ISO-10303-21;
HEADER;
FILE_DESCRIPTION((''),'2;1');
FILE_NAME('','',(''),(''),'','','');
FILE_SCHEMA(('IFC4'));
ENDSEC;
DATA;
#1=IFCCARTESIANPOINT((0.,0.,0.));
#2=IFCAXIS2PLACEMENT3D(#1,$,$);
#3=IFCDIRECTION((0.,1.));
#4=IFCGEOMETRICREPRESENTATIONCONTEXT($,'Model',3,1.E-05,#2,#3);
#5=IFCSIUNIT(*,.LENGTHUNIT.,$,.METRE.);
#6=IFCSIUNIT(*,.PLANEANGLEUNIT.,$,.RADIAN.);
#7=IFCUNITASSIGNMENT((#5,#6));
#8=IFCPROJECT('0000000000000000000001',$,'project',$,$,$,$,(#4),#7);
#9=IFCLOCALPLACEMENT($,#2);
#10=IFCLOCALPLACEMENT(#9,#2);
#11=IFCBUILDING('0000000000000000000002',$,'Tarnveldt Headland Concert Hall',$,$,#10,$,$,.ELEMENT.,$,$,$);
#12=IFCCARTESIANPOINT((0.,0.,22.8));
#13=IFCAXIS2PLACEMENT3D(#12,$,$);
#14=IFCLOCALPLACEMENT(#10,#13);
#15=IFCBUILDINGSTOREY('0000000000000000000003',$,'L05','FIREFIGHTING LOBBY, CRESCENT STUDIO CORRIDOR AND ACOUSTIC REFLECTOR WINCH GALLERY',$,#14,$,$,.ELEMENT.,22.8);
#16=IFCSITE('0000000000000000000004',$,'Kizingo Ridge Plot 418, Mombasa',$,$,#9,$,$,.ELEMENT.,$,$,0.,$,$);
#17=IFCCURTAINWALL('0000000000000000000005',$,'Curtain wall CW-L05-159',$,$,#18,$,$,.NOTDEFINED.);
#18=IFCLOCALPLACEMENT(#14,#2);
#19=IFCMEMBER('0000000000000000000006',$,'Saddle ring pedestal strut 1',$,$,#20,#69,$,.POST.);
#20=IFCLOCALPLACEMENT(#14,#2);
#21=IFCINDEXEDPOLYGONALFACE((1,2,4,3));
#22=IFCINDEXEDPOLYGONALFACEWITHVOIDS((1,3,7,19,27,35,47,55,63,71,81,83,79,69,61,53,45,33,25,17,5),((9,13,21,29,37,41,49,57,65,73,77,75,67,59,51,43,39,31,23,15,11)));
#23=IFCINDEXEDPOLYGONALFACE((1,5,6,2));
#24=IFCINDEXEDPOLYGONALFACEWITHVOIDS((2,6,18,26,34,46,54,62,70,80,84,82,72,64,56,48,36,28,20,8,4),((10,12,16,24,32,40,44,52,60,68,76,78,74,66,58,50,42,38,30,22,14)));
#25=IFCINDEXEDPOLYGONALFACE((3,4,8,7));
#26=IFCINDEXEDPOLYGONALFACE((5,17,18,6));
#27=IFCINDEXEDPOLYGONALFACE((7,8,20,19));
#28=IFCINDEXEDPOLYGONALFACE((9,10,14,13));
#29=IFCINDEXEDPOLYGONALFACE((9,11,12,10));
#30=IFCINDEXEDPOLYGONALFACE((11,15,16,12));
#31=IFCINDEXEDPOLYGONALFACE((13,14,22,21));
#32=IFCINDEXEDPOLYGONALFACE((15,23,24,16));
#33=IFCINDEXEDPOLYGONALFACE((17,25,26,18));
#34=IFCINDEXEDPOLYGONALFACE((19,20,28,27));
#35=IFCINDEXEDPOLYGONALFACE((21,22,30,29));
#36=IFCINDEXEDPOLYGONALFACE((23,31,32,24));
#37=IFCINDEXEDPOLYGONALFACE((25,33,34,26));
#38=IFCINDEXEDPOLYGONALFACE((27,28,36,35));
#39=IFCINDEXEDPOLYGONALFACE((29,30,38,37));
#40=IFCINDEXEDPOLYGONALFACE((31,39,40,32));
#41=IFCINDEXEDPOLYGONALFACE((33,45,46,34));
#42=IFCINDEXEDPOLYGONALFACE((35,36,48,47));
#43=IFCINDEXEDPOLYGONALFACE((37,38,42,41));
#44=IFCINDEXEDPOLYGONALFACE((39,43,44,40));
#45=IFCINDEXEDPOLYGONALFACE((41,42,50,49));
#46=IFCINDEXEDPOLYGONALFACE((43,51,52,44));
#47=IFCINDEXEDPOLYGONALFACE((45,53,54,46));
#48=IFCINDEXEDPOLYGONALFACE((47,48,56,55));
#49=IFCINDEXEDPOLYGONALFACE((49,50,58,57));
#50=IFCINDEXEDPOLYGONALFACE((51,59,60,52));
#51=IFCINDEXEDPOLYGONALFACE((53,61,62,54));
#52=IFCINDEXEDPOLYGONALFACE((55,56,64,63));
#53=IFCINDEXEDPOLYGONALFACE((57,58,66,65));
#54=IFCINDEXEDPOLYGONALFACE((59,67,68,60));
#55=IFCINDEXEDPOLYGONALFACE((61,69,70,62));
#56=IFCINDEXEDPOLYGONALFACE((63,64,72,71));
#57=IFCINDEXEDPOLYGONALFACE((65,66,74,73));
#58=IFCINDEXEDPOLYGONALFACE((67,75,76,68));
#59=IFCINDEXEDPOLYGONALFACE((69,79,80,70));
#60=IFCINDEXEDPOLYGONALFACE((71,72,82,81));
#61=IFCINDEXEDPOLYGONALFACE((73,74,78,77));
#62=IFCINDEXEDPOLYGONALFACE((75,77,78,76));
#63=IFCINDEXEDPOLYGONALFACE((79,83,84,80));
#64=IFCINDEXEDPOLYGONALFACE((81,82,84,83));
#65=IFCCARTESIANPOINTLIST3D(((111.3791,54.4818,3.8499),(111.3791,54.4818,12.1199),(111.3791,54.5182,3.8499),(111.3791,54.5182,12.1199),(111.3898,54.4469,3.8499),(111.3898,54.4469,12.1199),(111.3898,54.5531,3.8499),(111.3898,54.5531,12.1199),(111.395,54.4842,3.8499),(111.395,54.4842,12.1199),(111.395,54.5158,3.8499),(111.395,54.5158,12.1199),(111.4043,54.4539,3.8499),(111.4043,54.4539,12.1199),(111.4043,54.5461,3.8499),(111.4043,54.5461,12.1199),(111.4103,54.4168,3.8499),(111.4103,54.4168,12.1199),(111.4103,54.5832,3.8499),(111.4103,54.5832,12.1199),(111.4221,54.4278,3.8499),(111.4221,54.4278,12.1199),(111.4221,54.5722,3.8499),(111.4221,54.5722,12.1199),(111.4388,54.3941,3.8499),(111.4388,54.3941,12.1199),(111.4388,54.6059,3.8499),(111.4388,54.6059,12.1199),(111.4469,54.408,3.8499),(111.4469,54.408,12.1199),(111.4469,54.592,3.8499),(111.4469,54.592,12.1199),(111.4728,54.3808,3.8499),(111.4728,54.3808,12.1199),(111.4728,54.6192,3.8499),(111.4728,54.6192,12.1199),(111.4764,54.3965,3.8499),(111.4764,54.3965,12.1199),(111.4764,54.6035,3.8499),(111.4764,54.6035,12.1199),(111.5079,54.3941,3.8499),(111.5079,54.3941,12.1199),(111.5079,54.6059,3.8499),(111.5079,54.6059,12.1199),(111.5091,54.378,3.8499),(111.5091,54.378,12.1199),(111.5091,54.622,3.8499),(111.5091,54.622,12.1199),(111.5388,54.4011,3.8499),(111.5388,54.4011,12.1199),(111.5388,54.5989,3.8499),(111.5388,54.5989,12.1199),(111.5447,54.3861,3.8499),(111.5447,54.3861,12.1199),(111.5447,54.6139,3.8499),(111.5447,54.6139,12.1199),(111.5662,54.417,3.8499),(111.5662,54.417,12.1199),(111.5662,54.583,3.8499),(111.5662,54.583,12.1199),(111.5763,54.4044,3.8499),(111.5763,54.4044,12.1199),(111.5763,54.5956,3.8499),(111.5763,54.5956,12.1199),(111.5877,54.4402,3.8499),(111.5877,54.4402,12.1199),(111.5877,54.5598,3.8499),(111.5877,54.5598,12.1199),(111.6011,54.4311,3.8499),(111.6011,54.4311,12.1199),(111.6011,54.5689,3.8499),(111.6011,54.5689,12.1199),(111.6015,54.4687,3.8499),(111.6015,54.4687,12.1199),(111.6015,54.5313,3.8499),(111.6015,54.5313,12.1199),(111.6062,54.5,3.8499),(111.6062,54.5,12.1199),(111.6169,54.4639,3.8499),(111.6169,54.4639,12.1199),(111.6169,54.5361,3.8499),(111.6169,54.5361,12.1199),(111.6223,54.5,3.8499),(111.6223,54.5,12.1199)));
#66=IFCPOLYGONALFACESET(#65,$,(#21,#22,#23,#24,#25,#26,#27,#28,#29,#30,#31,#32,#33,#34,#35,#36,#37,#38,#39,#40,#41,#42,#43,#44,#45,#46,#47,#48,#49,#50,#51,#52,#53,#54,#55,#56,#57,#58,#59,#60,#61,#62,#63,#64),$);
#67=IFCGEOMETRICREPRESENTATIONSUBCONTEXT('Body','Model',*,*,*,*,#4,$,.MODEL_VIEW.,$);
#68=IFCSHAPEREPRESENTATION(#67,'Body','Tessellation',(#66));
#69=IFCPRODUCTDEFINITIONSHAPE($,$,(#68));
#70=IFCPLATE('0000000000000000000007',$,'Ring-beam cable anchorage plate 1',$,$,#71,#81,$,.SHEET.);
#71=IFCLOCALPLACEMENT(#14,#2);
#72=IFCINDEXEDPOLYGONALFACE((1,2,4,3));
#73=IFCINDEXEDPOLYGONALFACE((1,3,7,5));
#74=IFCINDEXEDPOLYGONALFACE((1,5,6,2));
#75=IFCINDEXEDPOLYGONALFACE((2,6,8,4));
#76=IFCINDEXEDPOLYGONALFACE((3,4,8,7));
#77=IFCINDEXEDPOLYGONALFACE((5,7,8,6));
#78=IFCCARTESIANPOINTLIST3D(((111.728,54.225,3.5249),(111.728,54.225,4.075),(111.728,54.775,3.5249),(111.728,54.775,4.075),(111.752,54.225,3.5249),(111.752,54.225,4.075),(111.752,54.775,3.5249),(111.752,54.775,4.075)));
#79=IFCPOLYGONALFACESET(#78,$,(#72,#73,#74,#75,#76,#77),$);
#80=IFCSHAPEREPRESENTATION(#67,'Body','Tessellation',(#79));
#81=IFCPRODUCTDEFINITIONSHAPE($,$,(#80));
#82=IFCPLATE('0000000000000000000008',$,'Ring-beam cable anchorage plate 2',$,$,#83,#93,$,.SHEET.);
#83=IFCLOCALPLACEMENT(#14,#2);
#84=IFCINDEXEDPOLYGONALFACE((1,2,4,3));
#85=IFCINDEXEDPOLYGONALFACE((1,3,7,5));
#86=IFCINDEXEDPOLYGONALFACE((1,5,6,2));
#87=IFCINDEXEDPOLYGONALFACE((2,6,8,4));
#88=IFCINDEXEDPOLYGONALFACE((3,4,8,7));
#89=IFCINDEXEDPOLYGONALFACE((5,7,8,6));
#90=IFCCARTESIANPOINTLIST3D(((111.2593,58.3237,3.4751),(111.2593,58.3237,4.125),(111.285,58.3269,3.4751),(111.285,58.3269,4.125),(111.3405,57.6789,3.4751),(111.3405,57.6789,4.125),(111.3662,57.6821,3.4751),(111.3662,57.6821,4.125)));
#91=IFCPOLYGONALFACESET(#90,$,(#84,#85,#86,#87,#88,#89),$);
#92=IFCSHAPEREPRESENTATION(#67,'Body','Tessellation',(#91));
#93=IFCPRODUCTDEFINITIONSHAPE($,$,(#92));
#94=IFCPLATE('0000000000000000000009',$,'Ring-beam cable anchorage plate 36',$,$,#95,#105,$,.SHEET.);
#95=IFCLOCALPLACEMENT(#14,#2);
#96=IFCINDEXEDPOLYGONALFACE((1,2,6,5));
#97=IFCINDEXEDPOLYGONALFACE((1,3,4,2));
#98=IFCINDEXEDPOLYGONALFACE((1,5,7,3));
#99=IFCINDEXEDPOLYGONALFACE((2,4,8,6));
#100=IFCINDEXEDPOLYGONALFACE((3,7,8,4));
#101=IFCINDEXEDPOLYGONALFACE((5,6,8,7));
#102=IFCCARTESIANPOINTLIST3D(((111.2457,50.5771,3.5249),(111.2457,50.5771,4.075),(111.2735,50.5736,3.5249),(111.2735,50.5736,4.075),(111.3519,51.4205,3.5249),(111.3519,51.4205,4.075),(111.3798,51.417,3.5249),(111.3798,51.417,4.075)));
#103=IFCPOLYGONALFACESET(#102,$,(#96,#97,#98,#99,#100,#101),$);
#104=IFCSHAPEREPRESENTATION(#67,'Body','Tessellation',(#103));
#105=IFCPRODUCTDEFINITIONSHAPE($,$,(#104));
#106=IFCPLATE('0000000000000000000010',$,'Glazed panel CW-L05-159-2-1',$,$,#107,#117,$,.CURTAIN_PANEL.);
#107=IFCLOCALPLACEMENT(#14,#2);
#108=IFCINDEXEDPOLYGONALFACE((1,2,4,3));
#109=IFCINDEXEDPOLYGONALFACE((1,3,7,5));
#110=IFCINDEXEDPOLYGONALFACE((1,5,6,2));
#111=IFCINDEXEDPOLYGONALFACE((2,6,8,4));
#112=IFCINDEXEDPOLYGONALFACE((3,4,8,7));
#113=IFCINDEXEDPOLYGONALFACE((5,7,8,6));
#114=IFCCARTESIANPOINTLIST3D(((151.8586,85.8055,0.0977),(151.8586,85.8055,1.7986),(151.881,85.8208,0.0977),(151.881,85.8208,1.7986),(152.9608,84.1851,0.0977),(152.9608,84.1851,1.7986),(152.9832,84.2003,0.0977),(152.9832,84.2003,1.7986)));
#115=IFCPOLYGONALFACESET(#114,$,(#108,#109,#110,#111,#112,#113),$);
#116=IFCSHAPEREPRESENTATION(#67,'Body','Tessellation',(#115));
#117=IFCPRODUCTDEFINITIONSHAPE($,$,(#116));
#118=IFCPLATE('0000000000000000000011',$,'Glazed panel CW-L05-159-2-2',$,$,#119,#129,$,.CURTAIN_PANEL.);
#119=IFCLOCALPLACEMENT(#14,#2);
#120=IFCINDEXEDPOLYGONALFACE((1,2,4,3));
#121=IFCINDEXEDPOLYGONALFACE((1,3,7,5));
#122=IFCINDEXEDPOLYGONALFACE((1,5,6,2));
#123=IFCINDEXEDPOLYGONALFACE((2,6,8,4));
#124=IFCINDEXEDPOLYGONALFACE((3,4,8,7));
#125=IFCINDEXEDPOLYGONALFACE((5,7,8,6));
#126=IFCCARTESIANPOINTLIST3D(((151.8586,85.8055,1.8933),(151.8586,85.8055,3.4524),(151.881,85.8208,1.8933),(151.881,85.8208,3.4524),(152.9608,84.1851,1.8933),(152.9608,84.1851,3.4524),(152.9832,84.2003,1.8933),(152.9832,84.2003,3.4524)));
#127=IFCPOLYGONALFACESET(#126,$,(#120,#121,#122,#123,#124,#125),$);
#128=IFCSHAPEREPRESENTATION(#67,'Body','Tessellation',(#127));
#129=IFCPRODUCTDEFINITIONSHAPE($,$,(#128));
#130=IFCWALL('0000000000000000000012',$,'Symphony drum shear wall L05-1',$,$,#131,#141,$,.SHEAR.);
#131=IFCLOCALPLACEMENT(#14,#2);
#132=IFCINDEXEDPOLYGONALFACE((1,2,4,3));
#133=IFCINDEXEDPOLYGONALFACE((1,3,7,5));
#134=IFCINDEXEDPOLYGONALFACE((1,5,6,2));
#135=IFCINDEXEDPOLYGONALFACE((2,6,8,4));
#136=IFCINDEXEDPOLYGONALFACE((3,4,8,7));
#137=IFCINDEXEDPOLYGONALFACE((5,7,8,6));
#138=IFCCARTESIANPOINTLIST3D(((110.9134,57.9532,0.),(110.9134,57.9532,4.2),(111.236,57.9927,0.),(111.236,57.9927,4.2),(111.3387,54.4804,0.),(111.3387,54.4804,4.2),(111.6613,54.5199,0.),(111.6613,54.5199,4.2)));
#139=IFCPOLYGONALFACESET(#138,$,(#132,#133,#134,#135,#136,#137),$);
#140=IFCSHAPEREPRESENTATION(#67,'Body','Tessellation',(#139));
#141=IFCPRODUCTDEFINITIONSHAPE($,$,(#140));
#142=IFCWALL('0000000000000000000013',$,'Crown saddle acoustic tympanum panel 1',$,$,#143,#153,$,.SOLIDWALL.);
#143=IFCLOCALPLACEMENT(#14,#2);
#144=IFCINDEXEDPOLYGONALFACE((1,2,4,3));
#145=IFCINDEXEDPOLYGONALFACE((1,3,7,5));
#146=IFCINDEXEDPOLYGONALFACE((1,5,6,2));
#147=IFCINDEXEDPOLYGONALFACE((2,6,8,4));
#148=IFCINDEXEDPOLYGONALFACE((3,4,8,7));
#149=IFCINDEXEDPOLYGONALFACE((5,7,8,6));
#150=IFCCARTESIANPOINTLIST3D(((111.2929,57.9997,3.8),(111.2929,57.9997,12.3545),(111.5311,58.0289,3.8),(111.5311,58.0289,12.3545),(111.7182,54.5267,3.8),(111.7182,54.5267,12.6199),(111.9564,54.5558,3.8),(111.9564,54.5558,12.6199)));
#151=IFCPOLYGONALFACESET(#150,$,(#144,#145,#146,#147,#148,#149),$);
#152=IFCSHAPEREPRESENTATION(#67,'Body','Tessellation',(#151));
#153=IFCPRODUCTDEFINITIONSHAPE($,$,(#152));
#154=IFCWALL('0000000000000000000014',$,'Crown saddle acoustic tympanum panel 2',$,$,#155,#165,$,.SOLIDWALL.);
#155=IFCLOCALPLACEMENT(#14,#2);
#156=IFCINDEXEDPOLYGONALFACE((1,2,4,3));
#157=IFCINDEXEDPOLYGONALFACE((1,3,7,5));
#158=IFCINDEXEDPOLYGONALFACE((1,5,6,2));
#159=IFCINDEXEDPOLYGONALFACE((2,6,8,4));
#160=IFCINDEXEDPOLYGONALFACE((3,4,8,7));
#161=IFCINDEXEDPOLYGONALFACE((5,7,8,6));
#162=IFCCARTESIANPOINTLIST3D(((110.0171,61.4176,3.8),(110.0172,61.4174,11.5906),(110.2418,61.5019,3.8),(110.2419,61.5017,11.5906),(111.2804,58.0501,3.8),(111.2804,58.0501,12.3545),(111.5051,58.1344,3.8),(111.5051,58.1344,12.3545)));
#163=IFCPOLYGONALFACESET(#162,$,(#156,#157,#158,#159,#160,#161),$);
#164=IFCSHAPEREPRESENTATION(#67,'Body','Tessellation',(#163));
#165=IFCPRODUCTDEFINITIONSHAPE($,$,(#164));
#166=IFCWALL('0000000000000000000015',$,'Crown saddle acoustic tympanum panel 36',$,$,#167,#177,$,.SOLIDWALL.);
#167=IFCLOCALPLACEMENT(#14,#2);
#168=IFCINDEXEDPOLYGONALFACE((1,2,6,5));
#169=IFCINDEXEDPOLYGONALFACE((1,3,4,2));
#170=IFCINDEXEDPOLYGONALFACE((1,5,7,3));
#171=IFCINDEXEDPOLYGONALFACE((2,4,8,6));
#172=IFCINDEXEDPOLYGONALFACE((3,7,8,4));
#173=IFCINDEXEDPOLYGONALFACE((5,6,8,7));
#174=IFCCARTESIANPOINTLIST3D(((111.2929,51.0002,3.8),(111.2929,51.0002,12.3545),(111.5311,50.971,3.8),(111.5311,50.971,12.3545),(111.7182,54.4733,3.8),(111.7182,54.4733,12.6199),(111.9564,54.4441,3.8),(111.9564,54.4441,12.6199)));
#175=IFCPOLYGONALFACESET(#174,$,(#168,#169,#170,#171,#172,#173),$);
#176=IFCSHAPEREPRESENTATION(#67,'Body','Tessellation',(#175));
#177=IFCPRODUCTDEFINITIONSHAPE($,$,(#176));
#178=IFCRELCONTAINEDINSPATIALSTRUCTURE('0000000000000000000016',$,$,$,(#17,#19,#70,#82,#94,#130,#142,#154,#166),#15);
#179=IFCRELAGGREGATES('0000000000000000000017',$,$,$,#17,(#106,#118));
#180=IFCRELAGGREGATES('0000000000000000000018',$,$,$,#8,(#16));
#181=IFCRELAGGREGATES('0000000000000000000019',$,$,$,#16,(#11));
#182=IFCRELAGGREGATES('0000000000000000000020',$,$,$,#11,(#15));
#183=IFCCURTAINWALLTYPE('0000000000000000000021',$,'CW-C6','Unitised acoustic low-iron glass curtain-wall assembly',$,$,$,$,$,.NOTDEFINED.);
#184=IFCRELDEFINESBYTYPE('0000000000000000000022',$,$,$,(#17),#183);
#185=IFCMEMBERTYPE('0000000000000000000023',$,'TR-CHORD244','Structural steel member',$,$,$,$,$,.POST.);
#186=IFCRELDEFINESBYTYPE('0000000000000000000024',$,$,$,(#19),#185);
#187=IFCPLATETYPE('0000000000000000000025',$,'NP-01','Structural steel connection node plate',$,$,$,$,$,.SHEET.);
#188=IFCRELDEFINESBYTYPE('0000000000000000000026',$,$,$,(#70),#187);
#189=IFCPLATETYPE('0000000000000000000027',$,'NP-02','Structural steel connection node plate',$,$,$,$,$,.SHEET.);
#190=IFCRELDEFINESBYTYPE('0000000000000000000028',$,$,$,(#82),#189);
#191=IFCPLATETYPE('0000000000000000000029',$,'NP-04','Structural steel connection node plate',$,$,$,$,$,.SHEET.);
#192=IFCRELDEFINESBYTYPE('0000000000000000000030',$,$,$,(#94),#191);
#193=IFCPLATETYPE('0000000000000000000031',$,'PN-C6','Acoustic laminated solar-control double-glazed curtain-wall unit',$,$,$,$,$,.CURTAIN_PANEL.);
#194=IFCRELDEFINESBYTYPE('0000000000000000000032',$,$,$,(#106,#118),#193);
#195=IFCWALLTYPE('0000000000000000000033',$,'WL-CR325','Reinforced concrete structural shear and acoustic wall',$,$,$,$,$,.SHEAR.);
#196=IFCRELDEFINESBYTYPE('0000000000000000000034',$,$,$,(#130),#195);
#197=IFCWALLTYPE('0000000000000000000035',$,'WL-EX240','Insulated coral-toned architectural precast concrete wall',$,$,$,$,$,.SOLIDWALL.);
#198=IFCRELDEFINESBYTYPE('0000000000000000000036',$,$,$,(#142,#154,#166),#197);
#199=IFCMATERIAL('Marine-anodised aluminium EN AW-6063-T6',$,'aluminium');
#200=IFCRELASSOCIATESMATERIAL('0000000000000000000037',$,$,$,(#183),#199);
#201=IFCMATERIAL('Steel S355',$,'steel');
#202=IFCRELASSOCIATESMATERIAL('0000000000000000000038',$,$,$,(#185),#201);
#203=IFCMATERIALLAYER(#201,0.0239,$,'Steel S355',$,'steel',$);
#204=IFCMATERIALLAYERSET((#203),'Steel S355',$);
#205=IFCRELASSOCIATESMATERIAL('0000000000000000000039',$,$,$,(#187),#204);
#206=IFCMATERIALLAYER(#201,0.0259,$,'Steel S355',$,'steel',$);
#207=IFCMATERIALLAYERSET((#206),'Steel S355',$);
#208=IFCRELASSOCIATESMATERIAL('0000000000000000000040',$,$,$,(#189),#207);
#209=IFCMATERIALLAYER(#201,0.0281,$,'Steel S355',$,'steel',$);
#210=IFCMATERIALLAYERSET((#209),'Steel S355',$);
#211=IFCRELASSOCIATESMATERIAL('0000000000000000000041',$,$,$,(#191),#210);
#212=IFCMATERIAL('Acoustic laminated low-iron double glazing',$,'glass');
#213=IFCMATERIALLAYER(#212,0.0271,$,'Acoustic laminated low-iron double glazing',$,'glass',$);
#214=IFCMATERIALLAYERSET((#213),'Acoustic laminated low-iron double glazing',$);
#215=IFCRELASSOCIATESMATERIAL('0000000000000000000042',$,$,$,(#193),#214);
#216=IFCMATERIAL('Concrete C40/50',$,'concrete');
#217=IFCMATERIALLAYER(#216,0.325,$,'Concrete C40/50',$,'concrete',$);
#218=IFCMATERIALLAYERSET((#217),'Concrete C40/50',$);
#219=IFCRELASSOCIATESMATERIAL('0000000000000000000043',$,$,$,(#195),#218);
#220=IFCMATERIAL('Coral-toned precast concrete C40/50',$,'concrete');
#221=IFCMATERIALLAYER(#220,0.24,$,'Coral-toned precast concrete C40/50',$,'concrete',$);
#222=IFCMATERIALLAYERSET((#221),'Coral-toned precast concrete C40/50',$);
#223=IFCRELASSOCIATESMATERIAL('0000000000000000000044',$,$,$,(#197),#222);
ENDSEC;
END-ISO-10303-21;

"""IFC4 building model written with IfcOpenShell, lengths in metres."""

from ifc_helpers import new_model, si_unit, direction, frame, frame_2d, origin, origin_2d, place, context, subcontext, project, spatial, polyline, rectangle, hollow_circle, outline, extrude, material, layer, layer_set, material_profile, profile_set, type_object, element, aggregate, save


model = new_model("IFC4")

# Units and contexts
model_context = context("Model", 3, precision=1e-05, world=origin(), true_north=direction((0.0, 1.0)))
body_context = subcontext(model_context, "Body", "Model", "MODEL_VIEW")
ifc_project = project(units=[si_unit("LENGTHUNIT", "METRE"), si_unit("PLANEANGLEUNIT", "RADIAN")], contexts=[model_context])

# Site, building, storey
site_placement = place(None, origin())
site = spatial("IfcSite", under=ifc_project, at=site_placement, Name="Kizingo Ridge Plot 418, Mombasa", CompositionType="ELEMENT", RefElevation=0.0)
building_placement = place(site_placement, origin())
building = spatial("IfcBuilding", under=site, at=building_placement, Name="Tarnveldt Headland Concert Hall", CompositionType="ELEMENT")
storey_placement = place(building_placement, frame((0.0, 0.0, 22.8)))
storey = spatial("IfcBuildingStorey", under=building, at=storey_placement, Name="L05", Description="FIREFIGHTING LOBBY, CRESCENT STUDIO CORRIDOR AND ACOUSTIC REFLECTOR WINCH GALLERY", CompositionType="ELEMENT", Elevation=22.8)

# Shared definitions
ifc_material_1 = material(Name="Concrete C40/50", Category="concrete")

# Shared definitions
ifc_material_2 = material(Name="Steel S355", Category="steel")

# Curtain wall
ifc_material_3 = material(Name="Marine-anodised aluminium EN AW-6063-T6", Category="aluminium")
curtain_wall_type = type_object("IfcCurtainWallType", Name="CW-C6", Description="Unitised acoustic low-iron glass curtain-wall assembly", PredefinedType="NOTDEFINED", material=ifc_material_3)
curtain_wall_placement = place(storey_placement, origin())
curtain_wall = element("IfcCurtainWall", 1, at=curtain_wall_placement, inside=storey, type_object=curtain_wall_type, Name="Curtain wall CW-L05-159", PredefinedType="NOTDEFINED")

# Member
ifc_material_profile_1 = material_profile(ifc_material_2, hollow_circle(Radius=0.1223, WallThickness=0.0161, at=origin_2d()), Name="CHS 244.5x16", Category="steel")
ifc_profile_set_1 = profile_set([ifc_material_profile_1], Name="Steel S355")
member_type_1 = type_object("IfcMemberType", Name="TR-CHORD244", Description="Structural steel member", PredefinedType="POST", material=ifc_profile_set_1)
member_1_placement = place(storey_placement, frame((111.5, 54.5, 3.8499), z_axis=(0.0, 0.0, 1.0), x_axis=(1.0, 0.0, 0.0)))
element("IfcMember", 2, at=member_1_placement, inside=storey, type_object=member_type_1, Name="Saddle ring pedestal strut 1", PredefinedType="POST", context=body_context, shape_type="SweptSolid", body=[
    extrude(hollow_circle(Radius=0.1223, WallThickness=0.0161, at=origin_2d()), origin(), (0.0, 0.0, 1.0), 8.27),
])

# Plates
ifc_layer_1 = layer(ifc_material_2, 0.0239, Name="Steel S355", Category="steel")
ifc_layer_set_1 = layer_set([ifc_layer_1], Name="Steel S355")
plate_type_1 = type_object("IfcPlateType", Name="NP-01", Description="Structural steel connection node plate", PredefinedType="SHEET", material=ifc_layer_set_1)
plate_1_placement = place(storey_placement, frame((111.74, 54.5, 3.5249), z_axis=(0.0, 0.0, 1.0), x_axis=(0.0, 1.0, 0.0)))
element("IfcPlate", 3, at=plate_1_placement, inside=storey, type_object=plate_type_1, Name="Ring-beam cable anchorage plate 1", PredefinedType="SHEET", context=body_context, shape_type="SweptSolid", body=[
    extrude(rectangle(XDim=0.55, YDim=0.0239, at=origin_2d()), origin(), (0.0, 0.0, 1.0), 0.55),
])
ifc_layer_2 = layer(ifc_material_2, 0.0259, Name="Steel S355", Category="steel")
ifc_layer_set_2 = layer_set([ifc_layer_2], Name="Steel S355")
plate_type_2 = type_object("IfcPlateType", Name="NP-02", Description="Structural steel connection node plate", PredefinedType="SHEET", material=ifc_layer_set_2)
plate_2_placement = place(storey_placement, frame((111.3127, 58.0029, 3.4751), z_axis=(0.0, 0.0, 1.0), x_axis=(-0.124987, 0.992158, 0.0)))
element("IfcPlate", 4, at=plate_2_placement, inside=storey, type_object=plate_type_2, Name="Ring-beam cable anchorage plate 2", PredefinedType="SHEET", context=body_context, shape_type="SweptSolid", body=[
    extrude(rectangle(XDim=0.6499, YDim=0.0259, at=origin_2d()), origin(), (0.0, 0.0, 1.0), 0.6499),
])
ifc_layer_3 = layer(ifc_material_2, 0.0281, Name="Steel S355", Category="steel")
ifc_layer_set_3 = layer_set([ifc_layer_3], Name="Steel S355")
plate_type_3 = type_object("IfcPlateType", Name="NP-04", Description="Structural steel connection node plate", PredefinedType="SHEET", material=ifc_layer_set_3)
plate_3_placement = place(storey_placement, frame((111.3127, 50.9971, 3.5249), z_axis=(0.0, 0.0, 1.0), x_axis=(0.124987, 0.992158, 0.0)))
element("IfcPlate", 5, at=plate_3_placement, inside=storey, type_object=plate_type_3, Name="Ring-beam cable anchorage plate 36", PredefinedType="SHEET", context=body_context, shape_type="SweptSolid", body=[
    extrude(rectangle(XDim=0.8501, YDim=0.0281, at=origin_2d()), origin(), (0.0, 0.0, 1.0), 0.55),
])

# Plates
ifc_material_4 = material(Name="Acoustic laminated low-iron double glazing", Category="glass")
ifc_layer_4 = layer(ifc_material_4, 0.0271, Name="Acoustic laminated low-iron double glazing", Category="glass")
ifc_layer_set_4 = layer_set([ifc_layer_4], Name="Acoustic laminated low-iron double glazing")
plate_type_4 = type_object("IfcPlateType", Name="PN-C6", Description="Acoustic laminated solar-control double-glazed curtain-wall unit", PredefinedType="CURTAIN_PANEL", material=ifc_layer_set_4)
plate_4_placement = place(storey_placement, frame((152.4209, 85.0029, 0.0977), z_axis=(0.0, 0.0, 1.0), x_axis=(-0.562415, 0.826855, 0.0)))
plate_4 = element("IfcPlate", 6, at=plate_4_placement, type_object=plate_type_4, Name="Glazed panel CW-L05-159-2-1", PredefinedType="CURTAIN_PANEL", context=body_context, shape_type="SweptSolid", body=[
    extrude(rectangle(XDim=1.9597, YDim=0.0271, at=origin_2d()), origin(), (0.0, 0.0, 1.0), 1.7009),
])
plate_5_placement = place(storey_placement, frame((152.4209, 85.0029, 1.8933), z_axis=(0.0, 0.0, 1.0), x_axis=(-0.562415, 0.826855, 0.0)))
plate_5 = element("IfcPlate", 7, at=plate_5_placement, type_object=plate_type_4, Name="Glazed panel CW-L05-159-2-2", PredefinedType="CURTAIN_PANEL", context=body_context, shape_type="SweptSolid", body=[
    extrude(rectangle(XDim=1.9597, YDim=0.0271, at=origin_2d()), origin(), (0.0, 0.0, 1.0), 1.5591),
])
aggregate(curtain_wall, [plate_4, plate_5])

# Walls
ifc_layer_5 = layer(ifc_material_1, 0.325, Name="Concrete C40/50", Category="concrete")
ifc_layer_set_5 = layer_set([ifc_layer_5], Name="Concrete C40/50")
wall_type_1 = type_object("IfcWallType", Name="WL-CR325", Description="Reinforced concrete structural shear and acoustic wall", PredefinedType="SHEAR", material=ifc_layer_set_5)
wall_1_placement = place(storey_placement, frame((111.5, 54.5, 0.0), z_axis=(0.0, 0.0, 1.0), x_axis=(-0.121552, 0.992585, 0.0)))
element("IfcWall", 8, at=wall_1_placement, inside=storey, type_object=wall_type_1, Name="Symphony drum shear wall L05-1", PredefinedType="SHEAR", context=body_context, shape_type="SweptSolid", body=[
    extrude(rectangle(XDim=3.4988, YDim=0.325, at=frame_2d((1.7495, 0.0))), origin(), (0.0, 0.0, 1.0), 4.2),
])
ifc_material_5 = material(Name="Coral-toned precast concrete C40/50", Category="concrete")
ifc_layer_6 = layer(ifc_material_5, 0.24, Name="Coral-toned precast concrete C40/50", Category="concrete")
ifc_layer_set_6 = layer_set([ifc_layer_6], Name="Coral-toned precast concrete C40/50")
wall_type_2 = type_object("IfcWallType", Name="WL-EX240", Description="Insulated coral-toned architectural precast concrete wall", PredefinedType="SOLIDWALL", material=ifc_layer_set_6)
wall_2_placement = place(storey_placement, frame((111.8374, 54.5413, 3.8), z_axis=(0.0, 0.0, 1.0), x_axis=(-0.121544, 0.992586, 0.0)))
element("IfcWall", 9, at=wall_2_placement, inside=storey, type_object=wall_type_2, Name="Crown saddle acoustic tympanum panel 1", PredefinedType="SOLIDWALL", context=body_context, shape_type="SweptSolid", body=[
    extrude(outline(polyline([(0.0, 0.0), (3.499, 0.0), (3.499, 8.5544), (0.0, 8.8198), (0.0, 0.0)])), frame((0.0, 0.1201, 0.0), z_axis=(0.0, -1.0, 0.0), x_axis=(1.0, 0.0, 0.0)), (0.0, 0.0, 1.0), 0.24),
])
wall_3_placement = place(storey_placement, frame((111.3928, 58.0923, 3.8), z_axis=(0.0, 0.0, 1.0), x_axis=(-0.35122, 0.936293, 0.0)))
element("IfcWall", 10, at=wall_3_placement, inside=storey, type_object=wall_type_2, Name="Crown saddle acoustic tympanum panel 2", PredefinedType="SOLIDWALL", context=body_context, shape_type="SweptSolid", body=[
    extrude(outline(polyline([(0.0, 0.0), (3.5967, 0.0), (3.5964, 7.7905), (0.0, 8.5544), (0.0, 0.0)])), frame((0.0, 0.1201, 0.0), z_axis=(0.0, -1.0, 0.0), x_axis=(1.0, 0.0, 0.0)), (0.0, 0.0, 1.0), 0.24),
])
wall_4_placement = place(storey_placement, frame((111.4121, 50.9856, 3.8), z_axis=(0.0, 0.0, 1.0), x_axis=(0.121544, 0.992586, 0.0)))
element("IfcWall", 11, at=wall_4_placement, inside=storey, type_object=wall_type_2, Name="Crown saddle acoustic tympanum panel 36", PredefinedType="SOLIDWALL", context=body_context, shape_type="SweptSolid", body=[
    extrude(outline(polyline([(0.0, 0.0), (3.499, 0.0), (3.499, 8.8198), (0.0, 8.5544), (0.0, 0.0)])), frame((0.0, 0.1201, 0.0), z_axis=(0.0, -1.0, 0.0), x_axis=(1.0, 0.0, 0.0)), (0.0, 0.0, 1.0), 0.24),
])

save(model, "model.ifc")
